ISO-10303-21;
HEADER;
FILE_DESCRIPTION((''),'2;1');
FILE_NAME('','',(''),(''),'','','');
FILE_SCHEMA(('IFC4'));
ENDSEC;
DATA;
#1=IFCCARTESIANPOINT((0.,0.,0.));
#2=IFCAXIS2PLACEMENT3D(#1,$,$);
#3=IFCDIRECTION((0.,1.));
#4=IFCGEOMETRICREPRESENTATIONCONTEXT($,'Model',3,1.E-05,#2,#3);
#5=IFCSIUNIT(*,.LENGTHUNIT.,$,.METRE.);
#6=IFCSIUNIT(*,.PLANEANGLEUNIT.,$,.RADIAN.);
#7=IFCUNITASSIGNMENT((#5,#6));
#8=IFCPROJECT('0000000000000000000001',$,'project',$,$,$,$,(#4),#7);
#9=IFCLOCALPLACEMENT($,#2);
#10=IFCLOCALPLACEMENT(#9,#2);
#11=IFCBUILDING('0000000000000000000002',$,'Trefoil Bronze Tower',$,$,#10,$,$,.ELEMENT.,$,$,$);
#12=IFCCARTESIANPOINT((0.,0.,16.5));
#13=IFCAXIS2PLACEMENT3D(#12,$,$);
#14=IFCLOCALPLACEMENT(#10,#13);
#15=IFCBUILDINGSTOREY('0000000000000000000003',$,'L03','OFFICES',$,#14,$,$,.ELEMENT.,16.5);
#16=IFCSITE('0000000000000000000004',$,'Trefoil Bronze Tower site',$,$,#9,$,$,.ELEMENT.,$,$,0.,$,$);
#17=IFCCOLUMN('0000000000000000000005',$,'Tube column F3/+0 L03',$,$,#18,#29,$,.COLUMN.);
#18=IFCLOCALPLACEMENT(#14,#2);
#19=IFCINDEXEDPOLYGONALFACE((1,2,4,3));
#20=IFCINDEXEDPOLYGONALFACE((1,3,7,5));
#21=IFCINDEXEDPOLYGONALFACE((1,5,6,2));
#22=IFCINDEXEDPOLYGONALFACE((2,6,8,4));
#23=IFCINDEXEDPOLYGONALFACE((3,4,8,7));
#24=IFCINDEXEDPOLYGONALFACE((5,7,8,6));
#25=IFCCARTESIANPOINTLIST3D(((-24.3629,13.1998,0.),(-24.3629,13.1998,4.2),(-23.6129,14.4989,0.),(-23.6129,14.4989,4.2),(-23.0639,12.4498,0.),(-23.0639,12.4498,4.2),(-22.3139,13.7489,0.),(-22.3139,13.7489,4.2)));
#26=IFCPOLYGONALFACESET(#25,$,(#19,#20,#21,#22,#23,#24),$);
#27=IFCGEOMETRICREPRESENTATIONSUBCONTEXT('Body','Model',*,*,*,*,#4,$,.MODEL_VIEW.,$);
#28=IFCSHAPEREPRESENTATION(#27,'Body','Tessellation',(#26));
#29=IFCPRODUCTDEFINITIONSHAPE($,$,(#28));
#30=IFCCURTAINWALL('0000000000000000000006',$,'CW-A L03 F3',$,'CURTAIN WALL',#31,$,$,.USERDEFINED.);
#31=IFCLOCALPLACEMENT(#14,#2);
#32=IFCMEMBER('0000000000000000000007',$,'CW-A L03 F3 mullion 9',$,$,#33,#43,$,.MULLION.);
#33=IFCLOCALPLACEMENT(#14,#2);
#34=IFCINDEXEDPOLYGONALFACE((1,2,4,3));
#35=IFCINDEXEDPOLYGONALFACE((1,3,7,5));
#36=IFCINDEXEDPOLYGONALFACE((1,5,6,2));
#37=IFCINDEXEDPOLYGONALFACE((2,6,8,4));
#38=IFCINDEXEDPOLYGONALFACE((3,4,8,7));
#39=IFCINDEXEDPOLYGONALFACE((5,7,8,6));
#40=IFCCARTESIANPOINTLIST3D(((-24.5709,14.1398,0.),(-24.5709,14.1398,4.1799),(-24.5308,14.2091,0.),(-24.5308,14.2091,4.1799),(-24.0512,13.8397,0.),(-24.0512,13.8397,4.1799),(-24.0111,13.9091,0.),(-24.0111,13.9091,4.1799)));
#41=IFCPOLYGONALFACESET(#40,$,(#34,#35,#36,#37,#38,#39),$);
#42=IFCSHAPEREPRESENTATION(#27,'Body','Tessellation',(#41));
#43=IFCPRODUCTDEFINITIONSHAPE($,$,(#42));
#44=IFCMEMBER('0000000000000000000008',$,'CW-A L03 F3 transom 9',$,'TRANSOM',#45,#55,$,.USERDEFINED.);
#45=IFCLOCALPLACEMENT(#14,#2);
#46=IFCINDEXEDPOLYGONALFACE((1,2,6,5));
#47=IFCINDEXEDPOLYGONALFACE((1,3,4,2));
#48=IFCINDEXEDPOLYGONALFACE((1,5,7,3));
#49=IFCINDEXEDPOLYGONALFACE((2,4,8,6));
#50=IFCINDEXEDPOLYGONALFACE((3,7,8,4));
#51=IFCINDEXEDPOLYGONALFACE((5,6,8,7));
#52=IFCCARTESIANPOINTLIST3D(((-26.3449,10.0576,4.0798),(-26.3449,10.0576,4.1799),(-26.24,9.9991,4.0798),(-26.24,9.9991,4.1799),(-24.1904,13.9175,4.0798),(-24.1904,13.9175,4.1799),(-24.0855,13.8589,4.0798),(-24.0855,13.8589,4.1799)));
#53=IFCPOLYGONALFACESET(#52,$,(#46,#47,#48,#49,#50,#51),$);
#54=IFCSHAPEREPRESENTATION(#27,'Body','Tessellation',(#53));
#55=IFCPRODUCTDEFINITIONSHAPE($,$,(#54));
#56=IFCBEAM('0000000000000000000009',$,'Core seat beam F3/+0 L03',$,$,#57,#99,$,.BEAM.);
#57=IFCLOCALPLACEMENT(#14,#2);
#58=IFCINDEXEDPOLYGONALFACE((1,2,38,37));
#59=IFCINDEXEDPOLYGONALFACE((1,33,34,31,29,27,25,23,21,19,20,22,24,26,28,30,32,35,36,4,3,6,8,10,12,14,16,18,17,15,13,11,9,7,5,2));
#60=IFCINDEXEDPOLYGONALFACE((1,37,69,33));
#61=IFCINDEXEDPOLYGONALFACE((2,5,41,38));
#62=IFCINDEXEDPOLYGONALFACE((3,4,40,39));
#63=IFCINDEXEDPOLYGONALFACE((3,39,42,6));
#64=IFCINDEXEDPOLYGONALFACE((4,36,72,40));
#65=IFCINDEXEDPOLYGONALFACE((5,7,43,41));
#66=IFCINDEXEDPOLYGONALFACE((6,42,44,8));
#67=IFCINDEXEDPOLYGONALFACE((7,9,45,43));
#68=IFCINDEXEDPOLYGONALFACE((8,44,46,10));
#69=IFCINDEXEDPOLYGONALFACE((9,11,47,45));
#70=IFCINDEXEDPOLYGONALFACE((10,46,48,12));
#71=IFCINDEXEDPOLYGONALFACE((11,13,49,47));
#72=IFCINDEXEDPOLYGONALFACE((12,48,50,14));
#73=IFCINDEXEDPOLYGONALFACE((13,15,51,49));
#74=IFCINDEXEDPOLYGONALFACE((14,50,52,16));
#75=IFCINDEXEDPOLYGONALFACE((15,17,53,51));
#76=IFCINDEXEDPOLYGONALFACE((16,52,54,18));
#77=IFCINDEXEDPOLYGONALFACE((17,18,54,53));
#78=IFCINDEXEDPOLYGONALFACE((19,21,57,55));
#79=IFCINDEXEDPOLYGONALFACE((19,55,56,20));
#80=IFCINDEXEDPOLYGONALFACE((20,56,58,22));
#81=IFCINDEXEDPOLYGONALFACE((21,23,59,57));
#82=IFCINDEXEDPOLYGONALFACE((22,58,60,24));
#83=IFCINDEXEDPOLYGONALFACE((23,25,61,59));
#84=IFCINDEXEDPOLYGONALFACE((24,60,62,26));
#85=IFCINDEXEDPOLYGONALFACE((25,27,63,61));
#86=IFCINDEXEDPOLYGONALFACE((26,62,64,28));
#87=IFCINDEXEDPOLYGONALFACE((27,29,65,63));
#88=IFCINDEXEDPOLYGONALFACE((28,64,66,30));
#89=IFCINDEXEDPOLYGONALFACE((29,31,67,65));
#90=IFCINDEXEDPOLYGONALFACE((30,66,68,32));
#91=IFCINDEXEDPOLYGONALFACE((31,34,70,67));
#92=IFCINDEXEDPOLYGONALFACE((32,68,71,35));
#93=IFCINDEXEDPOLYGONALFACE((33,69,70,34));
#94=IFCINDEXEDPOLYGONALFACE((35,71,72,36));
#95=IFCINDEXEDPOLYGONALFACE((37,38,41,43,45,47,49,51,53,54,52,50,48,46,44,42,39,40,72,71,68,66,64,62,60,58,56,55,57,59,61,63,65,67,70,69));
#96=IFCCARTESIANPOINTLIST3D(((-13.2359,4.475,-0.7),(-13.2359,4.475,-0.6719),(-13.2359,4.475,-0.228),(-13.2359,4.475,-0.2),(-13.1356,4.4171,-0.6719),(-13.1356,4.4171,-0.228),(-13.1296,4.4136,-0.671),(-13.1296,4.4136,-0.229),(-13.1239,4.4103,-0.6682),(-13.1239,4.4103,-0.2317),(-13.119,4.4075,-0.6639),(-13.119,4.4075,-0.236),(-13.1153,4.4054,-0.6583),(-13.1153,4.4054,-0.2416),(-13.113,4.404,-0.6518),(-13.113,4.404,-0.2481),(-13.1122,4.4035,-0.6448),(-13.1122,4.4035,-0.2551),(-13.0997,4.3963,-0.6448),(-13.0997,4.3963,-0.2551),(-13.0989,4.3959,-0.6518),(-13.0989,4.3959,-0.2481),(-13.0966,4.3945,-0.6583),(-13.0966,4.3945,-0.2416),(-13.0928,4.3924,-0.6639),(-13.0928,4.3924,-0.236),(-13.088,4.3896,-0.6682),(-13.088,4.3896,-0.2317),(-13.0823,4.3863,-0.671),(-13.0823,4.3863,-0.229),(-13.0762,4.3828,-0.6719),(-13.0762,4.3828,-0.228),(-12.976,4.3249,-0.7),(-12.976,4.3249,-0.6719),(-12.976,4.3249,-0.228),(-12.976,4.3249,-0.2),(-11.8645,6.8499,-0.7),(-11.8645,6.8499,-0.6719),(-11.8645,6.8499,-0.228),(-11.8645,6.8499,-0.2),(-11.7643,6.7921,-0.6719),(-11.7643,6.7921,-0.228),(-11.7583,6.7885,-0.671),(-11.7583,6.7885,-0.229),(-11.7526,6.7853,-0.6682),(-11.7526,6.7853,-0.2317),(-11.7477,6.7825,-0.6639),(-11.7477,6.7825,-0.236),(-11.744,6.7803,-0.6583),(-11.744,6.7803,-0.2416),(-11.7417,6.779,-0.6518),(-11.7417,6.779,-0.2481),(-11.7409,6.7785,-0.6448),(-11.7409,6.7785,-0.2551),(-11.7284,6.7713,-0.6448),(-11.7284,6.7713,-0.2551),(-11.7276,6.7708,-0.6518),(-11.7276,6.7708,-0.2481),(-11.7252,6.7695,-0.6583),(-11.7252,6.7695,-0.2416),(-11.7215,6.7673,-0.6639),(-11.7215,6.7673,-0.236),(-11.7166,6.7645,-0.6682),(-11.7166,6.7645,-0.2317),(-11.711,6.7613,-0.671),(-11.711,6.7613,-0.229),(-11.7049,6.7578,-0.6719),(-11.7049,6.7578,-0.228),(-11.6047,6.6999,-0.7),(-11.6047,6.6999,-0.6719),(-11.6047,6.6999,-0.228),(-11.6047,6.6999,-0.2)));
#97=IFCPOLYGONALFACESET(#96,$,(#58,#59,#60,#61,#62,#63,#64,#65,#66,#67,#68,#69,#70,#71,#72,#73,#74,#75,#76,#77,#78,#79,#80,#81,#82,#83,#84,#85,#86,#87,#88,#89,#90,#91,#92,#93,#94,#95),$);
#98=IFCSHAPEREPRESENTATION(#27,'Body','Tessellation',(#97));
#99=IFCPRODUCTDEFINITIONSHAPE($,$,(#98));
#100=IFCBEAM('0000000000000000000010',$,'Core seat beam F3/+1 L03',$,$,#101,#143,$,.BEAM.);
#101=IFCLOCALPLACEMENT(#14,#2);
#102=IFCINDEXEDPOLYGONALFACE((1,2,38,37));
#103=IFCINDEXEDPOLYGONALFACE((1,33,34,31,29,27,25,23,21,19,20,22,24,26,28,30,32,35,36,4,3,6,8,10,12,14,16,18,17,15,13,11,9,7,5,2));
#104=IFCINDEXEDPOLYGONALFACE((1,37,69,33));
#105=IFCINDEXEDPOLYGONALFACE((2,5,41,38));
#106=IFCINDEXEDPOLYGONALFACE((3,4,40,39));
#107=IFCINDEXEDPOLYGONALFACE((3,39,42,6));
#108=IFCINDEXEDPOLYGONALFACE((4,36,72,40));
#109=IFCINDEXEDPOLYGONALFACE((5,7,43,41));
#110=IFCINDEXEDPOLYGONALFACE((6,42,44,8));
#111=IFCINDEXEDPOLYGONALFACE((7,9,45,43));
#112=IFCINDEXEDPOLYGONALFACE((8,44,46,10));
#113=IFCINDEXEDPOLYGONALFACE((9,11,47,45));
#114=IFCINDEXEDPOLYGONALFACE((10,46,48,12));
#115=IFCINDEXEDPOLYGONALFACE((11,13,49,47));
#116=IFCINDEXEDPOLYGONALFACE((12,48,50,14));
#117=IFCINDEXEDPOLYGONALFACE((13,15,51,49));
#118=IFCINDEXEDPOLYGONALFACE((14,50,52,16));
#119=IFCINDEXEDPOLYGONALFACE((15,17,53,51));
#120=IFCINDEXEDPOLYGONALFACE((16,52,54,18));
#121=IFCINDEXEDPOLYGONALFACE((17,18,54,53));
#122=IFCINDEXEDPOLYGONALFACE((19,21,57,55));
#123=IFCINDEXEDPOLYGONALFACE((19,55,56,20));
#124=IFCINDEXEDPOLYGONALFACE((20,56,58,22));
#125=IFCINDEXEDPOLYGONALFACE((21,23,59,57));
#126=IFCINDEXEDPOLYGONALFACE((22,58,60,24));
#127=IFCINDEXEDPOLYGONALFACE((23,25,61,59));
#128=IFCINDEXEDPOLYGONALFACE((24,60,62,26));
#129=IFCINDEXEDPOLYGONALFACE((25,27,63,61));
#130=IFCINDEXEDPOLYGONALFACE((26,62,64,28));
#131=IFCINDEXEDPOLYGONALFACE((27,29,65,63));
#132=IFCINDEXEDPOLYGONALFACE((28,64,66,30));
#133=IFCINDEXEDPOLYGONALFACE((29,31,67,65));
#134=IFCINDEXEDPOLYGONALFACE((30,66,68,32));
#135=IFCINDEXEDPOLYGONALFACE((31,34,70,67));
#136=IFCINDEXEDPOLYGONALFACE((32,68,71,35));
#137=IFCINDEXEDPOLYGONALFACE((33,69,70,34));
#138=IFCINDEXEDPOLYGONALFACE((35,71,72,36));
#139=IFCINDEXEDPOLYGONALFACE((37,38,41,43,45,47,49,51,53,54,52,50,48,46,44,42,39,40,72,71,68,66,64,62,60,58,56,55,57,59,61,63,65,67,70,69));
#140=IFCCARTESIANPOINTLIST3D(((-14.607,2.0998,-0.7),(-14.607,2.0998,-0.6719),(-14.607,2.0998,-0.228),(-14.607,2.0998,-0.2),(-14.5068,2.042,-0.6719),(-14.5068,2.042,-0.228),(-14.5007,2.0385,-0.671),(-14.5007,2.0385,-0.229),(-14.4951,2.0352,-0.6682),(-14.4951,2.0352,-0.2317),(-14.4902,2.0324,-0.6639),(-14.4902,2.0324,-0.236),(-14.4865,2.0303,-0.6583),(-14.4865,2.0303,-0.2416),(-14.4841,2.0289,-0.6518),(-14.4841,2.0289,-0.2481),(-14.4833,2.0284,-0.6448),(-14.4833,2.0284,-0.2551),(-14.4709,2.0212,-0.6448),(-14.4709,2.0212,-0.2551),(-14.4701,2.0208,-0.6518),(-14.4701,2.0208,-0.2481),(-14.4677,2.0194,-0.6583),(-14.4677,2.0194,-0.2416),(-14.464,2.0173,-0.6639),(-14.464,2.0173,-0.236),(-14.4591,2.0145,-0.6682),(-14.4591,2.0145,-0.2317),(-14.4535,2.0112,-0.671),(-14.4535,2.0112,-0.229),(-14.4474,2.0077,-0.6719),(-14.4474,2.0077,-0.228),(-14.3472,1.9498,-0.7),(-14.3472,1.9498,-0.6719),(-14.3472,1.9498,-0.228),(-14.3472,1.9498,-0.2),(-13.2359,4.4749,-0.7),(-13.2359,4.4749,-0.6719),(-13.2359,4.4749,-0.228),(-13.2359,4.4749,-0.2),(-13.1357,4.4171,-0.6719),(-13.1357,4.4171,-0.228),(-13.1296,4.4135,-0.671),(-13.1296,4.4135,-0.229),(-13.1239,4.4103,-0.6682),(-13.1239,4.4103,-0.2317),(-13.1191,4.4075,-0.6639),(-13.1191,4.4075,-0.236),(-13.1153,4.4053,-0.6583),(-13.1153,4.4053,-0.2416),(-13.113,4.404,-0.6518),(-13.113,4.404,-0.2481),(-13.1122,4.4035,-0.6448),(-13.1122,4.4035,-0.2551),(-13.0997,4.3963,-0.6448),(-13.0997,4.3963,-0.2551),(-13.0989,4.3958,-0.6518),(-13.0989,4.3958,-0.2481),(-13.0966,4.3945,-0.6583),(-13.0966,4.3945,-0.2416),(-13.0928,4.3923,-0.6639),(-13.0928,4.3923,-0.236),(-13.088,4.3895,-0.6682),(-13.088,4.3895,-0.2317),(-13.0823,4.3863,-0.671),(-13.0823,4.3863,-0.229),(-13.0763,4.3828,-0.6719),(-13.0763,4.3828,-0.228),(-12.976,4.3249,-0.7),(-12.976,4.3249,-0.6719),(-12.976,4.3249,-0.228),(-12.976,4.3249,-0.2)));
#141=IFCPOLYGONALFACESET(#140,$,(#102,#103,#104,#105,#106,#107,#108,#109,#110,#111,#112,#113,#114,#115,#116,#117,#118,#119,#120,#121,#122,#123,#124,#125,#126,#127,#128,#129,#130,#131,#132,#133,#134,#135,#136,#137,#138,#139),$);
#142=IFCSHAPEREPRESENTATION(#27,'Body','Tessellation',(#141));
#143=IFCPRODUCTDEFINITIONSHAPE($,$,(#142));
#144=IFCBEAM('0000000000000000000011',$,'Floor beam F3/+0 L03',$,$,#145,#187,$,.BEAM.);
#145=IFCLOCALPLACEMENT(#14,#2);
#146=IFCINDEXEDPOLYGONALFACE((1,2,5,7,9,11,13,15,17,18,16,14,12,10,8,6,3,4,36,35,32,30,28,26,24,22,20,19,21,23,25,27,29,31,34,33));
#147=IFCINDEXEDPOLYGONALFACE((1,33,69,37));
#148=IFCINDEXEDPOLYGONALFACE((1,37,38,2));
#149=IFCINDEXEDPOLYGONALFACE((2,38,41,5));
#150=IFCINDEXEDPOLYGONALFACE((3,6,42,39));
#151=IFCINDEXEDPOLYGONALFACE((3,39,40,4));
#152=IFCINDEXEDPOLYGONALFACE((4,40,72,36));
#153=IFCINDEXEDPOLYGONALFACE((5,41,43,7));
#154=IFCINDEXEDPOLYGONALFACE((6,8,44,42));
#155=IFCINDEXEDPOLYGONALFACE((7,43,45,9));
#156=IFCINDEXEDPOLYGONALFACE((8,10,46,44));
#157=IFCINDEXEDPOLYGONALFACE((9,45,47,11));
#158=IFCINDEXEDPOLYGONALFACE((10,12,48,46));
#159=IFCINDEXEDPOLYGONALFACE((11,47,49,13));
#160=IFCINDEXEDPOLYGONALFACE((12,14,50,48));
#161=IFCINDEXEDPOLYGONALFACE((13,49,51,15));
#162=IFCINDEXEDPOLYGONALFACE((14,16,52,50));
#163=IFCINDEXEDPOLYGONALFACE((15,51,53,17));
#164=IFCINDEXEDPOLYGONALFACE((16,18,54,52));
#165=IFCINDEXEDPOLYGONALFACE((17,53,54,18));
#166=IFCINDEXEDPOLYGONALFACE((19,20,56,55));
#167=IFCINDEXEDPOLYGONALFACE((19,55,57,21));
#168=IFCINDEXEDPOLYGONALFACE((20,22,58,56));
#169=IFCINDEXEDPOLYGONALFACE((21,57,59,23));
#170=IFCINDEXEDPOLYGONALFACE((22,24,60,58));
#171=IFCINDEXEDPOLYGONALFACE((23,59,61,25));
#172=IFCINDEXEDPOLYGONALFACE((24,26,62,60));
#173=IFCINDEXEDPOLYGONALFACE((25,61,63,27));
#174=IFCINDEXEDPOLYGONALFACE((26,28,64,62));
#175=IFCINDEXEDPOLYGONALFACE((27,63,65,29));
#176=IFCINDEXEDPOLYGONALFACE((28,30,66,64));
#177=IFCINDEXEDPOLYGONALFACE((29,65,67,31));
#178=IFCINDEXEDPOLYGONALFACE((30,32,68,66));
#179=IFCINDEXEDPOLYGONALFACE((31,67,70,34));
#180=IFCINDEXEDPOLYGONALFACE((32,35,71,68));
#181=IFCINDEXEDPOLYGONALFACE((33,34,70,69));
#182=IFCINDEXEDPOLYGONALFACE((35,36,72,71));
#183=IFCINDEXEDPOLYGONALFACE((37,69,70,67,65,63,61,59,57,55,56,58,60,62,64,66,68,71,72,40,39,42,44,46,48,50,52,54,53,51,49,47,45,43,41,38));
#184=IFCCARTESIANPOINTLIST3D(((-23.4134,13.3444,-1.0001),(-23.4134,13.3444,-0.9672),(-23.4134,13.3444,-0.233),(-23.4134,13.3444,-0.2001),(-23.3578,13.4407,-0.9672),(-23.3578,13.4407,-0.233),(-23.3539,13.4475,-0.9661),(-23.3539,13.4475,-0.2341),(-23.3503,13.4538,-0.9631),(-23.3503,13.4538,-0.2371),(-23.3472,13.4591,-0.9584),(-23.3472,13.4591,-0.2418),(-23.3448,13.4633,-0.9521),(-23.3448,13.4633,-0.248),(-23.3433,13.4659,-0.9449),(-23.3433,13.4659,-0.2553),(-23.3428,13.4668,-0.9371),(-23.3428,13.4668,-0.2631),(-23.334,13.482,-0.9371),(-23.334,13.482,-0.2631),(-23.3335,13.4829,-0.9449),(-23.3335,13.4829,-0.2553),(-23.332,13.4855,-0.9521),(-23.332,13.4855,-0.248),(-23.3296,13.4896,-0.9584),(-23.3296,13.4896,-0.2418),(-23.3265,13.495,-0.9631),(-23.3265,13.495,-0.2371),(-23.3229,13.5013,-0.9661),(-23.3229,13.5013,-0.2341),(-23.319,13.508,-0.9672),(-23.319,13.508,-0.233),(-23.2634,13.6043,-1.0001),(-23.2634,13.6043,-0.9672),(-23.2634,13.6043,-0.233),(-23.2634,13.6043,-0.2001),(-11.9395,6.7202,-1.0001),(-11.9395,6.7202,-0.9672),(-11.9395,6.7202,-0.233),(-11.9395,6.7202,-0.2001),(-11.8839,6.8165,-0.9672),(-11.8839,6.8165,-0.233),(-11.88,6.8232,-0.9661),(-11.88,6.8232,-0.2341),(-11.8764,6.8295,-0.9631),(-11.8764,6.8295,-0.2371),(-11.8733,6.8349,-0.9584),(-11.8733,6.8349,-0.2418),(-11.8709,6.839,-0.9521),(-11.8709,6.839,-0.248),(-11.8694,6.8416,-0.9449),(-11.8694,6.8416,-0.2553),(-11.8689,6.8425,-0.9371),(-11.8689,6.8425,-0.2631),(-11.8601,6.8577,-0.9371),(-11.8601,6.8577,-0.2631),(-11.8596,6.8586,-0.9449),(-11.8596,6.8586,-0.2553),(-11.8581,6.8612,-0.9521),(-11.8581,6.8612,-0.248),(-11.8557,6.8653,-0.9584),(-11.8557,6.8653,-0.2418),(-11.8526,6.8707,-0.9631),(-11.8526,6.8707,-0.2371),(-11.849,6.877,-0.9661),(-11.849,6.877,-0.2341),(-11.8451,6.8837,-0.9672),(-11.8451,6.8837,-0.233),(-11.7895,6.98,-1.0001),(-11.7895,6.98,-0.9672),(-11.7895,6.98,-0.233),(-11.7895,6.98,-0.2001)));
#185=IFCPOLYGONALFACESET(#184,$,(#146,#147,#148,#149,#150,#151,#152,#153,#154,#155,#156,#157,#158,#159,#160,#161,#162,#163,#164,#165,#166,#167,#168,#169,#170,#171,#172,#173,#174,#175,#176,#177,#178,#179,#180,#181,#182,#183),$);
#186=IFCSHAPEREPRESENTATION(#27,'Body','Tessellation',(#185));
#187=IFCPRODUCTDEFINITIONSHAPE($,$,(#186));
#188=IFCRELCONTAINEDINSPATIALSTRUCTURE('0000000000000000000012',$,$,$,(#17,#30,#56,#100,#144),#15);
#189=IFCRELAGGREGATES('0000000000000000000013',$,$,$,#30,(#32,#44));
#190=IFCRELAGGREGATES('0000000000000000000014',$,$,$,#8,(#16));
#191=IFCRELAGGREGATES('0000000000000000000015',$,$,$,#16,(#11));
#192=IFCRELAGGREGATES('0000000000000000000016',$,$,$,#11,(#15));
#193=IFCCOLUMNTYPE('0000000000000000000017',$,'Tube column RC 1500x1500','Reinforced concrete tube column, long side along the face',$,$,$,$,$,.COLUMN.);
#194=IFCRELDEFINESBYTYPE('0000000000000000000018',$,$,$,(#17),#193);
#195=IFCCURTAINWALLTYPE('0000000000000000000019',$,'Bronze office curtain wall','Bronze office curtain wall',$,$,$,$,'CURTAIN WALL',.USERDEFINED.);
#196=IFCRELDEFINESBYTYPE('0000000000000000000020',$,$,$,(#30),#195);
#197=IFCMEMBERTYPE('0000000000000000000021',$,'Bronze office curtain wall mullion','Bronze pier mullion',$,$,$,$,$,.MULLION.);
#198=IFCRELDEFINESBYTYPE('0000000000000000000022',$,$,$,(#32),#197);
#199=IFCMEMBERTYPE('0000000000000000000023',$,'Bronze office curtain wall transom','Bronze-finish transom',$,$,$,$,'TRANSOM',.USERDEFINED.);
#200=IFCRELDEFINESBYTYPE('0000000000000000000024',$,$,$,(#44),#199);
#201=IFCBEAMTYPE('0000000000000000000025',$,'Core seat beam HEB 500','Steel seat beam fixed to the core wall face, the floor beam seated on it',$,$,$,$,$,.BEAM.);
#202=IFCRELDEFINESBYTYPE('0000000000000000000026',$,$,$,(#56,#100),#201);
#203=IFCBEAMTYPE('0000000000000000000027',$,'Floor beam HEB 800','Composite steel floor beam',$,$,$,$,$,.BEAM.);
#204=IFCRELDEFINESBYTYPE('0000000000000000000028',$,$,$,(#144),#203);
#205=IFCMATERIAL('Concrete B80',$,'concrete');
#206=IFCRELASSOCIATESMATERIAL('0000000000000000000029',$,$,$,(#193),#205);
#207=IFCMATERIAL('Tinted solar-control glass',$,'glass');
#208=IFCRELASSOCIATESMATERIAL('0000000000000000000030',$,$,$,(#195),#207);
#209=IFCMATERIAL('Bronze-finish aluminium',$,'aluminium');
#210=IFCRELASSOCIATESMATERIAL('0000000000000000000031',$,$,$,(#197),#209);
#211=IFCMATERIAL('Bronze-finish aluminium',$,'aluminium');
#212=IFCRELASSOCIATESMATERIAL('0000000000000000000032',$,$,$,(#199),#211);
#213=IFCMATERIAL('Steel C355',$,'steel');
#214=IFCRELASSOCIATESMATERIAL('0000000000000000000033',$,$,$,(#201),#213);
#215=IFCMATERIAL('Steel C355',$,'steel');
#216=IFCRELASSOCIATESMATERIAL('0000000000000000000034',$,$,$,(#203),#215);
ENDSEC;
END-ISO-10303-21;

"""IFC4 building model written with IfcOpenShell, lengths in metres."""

from ifc_helpers import new_model, si_unit, direction, frame, origin, origin_2d, place, context, subcontext, project, spatial, rectangle, i_section, extrude, material, material_profile, profile_set, type_object, element, aggregate, save


model = new_model("IFC4")

# Units and contexts
model_context = context("Model", 3, precision=1e-05, world=origin(), true_north=direction((0.0, 1.0)))
body_context = subcontext(model_context, "Body", "Model", "MODEL_VIEW")
ifc_project = project(units=[si_unit("LENGTHUNIT", "METRE"), si_unit("PLANEANGLEUNIT", "RADIAN")], contexts=[model_context])

# Site, building, storey
site_placement = place(None, origin())
site = spatial("IfcSite", under=ifc_project, at=site_placement, Name="Trefoil Bronze Tower site", CompositionType="ELEMENT", RefElevation=0.0)
building_placement = place(site_placement, origin())
building = spatial("IfcBuilding", under=site, at=building_placement, Name="Trefoil Bronze Tower", CompositionType="ELEMENT")
storey_placement = place(building_placement, frame((0.0, 0.0, 16.5)))
storey = spatial("IfcBuildingStorey", under=building, at=storey_placement, Name="L03", Description="OFFICES", CompositionType="ELEMENT", Elevation=16.5)

# Column
ifc_material_1 = material(Name="Concrete B80", Category="concrete")
ifc_material_profile_1 = material_profile(ifc_material_1, rectangle(XDim=1.5, YDim=1.5, at=origin_2d()), Name="RC 1500x1500")
ifc_profile_set_1 = profile_set([ifc_material_profile_1], Name="Concrete B80")
column_type = type_object("IfcColumnType", Name="Tube column RC 1500x1500", Description="Reinforced concrete tube column, long side along the face", PredefinedType="COLUMN", material=ifc_profile_set_1)
column_placement = place(storey_placement, frame((-23.3384, 13.4744, 0.0), z_axis=(0.0, 0.0, 1.0), x_axis=(-0.5, -0.866025, 0.0)))
element("IfcColumn", 1, at=column_placement, inside=storey, type_object=column_type, Name="Tube column F3/+0 L03", PredefinedType="COLUMN", context=body_context, shape_type="SweptSolid", body=[
    extrude(rectangle(XDim=1.5, YDim=1.5, at=origin_2d()), origin(), (0.0, 0.0, 1.0), 4.2),
])

# Curtain wall, members
ifc_material_2 = material(Name="Tinted solar-control glass", Category="glass")
curtain_wall_type = type_object("IfcCurtainWallType", Name="Bronze office curtain wall", Description="Bronze office curtain wall", ElementType="CURTAIN WALL", PredefinedType="USERDEFINED", material=ifc_material_2)
curtain_wall_placement = place(storey_placement, origin())
curtain_wall = element("IfcCurtainWall", 2, at=curtain_wall_placement, inside=storey, type_object=curtain_wall_type, Name="CW-A L03 F3", ObjectType="CURTAIN WALL", PredefinedType="USERDEFINED")
ifc_material_3 = material(Name="Bronze-finish aluminium", Category="aluminium")
ifc_material_profile_2 = material_profile(ifc_material_3, rectangle(XDim=0.6001, YDim=0.0801, at=origin_2d()), Name="CW-A mullion")
ifc_profile_set_2 = profile_set([ifc_material_profile_2], Name="Bronze-finish aluminium")
member_type_1 = type_object("IfcMemberType", Name="Bronze office curtain wall mullion", Description="Bronze pier mullion", PredefinedType="MULLION", material=ifc_profile_set_2)
member_1_placement = place(storey_placement, frame((-24.291, 14.0244, 0.0), z_axis=(0.0, 0.0, 1.0), x_axis=(0.866025, -0.5, 0.0)))
member_1 = element("IfcMember", 3, at=member_1_placement, type_object=member_type_1, Name="CW-A L03 F3 mullion 9", PredefinedType="MULLION", context=body_context, shape_type="SweptSolid", body=[
    extrude(rectangle(XDim=0.6001, YDim=0.0801, at=origin_2d()), origin(), (0.0, 0.0, 1.0), 4.1799),
])
ifc_material_4 = material(Name="Bronze-finish aluminium", Category="aluminium")
ifc_material_profile_3 = material_profile(ifc_material_4, rectangle(XDim=0.1201, YDim=0.1001, at=origin_2d()), Name="CW-A transom")
ifc_profile_set_3 = profile_set([ifc_material_profile_3], Name="Bronze-finish aluminium")
member_type_2 = type_object("IfcMemberType", Name="Bronze office curtain wall transom", Description="Bronze-finish transom", ElementType="TRANSOM", PredefinedType="USERDEFINED", material=ifc_profile_set_3)
member_2_placement = place(storey_placement, frame((-24.1379, 13.8882, 4.1299), z_axis=(-0.4874, -0.873179, 0.0), x_axis=(0.873179, -0.4874, 0.0)))
member_2 = element("IfcMember", 4, at=member_2_placement, type_object=member_type_2, Name="CW-A L03 F3 transom 9", ObjectType="TRANSOM", PredefinedType="USERDEFINED", context=body_context, shape_type="SweptSolid", body=[
    extrude(rectangle(XDim=0.1201, YDim=0.1001, at=origin_2d()), origin(), (0.0, 0.0, 1.0), 4.4204),
])

# Beams
ifc_material_5 = material(Name="Steel C355", Category="steel")
ifc_material_profile_4 = material_profile(ifc_material_5, i_section(OverallWidth=0.3, OverallDepth=0.5, WebThickness=0.0144, FlangeThickness=0.0281, FilletRadius=0.0271, at=origin_2d()), Name="HEB 500")
ifc_profile_set_4 = profile_set([ifc_material_profile_4], Name="Steel C355")
beam_type_1 = type_object("IfcBeamType", Name="Core seat beam HEB 500", Description="Steel seat beam fixed to the core wall face, the floor beam seated on it", PredefinedType="BEAM", material=ifc_profile_set_4)
for number, where, z_axis, x_axis, name in (
    (5, (-11.7346, 6.7749, -0.45), (-0.500036, -0.866005, 0.0), (0.866005, -0.500036, 0.0), "Core seat beam F3/+0 L03"),
    (6, (-13.106, 4.3999, -0.45), (-0.499969, -0.866043, 0.0), (0.866043, -0.499969, 0.0), "Core seat beam F3/+1 L03"),
):
    element("IfcBeam", number, at=place(storey_placement, frame(where, z_axis=z_axis, x_axis=x_axis)), inside=storey, type_object=beam_type_1, Name=name, PredefinedType="BEAM", context=body_context, shape_type="SweptSolid", body=[
        extrude(i_section(OverallWidth=0.3, OverallDepth=0.5, WebThickness=0.0144, FlangeThickness=0.0281, FilletRadius=0.0271, at=origin_2d()), origin(), (0.0, 0.0, 1.0), 2.7424),
    ])
ifc_material_6 = material(Name="Steel C355", Category="steel")
ifc_material_profile_5 = material_profile(ifc_material_6, i_section(OverallWidth=0.3, OverallDepth=0.8, WebThickness=0.0176, FlangeThickness=0.033, FilletRadius=0.03, at=origin_2d()), Name="HEB 800")
ifc_profile_set_5 = profile_set([ifc_material_profile_5], Name="Steel C355")
beam_type_2 = type_object("IfcBeamType", Name="Floor beam HEB 800", Description="Composite steel floor beam", PredefinedType="BEAM", material=ifc_profile_set_5)
beam_1_placement = place(storey_placement, frame((-23.3384, 13.4744, -0.6001), z_axis=(0.866031, -0.49999, 0.0), x_axis=(0.49999, 0.866031, 0.0)))
element("IfcBeam", 7, at=beam_1_placement, inside=storey, type_object=beam_type_2, Name="Floor beam F3/+0 L03", PredefinedType="BEAM", context=body_context, shape_type="SweptSolid", body=[
    extrude(i_section(OverallWidth=0.3, OverallDepth=0.8, WebThickness=0.0176, FlangeThickness=0.033, FilletRadius=0.03, at=origin_2d()), origin(), (0.0, 0.0, 1.0), 13.2488),
])

aggregate(curtain_wall, [member_1, member_2])

save(model, "model.ifc")
